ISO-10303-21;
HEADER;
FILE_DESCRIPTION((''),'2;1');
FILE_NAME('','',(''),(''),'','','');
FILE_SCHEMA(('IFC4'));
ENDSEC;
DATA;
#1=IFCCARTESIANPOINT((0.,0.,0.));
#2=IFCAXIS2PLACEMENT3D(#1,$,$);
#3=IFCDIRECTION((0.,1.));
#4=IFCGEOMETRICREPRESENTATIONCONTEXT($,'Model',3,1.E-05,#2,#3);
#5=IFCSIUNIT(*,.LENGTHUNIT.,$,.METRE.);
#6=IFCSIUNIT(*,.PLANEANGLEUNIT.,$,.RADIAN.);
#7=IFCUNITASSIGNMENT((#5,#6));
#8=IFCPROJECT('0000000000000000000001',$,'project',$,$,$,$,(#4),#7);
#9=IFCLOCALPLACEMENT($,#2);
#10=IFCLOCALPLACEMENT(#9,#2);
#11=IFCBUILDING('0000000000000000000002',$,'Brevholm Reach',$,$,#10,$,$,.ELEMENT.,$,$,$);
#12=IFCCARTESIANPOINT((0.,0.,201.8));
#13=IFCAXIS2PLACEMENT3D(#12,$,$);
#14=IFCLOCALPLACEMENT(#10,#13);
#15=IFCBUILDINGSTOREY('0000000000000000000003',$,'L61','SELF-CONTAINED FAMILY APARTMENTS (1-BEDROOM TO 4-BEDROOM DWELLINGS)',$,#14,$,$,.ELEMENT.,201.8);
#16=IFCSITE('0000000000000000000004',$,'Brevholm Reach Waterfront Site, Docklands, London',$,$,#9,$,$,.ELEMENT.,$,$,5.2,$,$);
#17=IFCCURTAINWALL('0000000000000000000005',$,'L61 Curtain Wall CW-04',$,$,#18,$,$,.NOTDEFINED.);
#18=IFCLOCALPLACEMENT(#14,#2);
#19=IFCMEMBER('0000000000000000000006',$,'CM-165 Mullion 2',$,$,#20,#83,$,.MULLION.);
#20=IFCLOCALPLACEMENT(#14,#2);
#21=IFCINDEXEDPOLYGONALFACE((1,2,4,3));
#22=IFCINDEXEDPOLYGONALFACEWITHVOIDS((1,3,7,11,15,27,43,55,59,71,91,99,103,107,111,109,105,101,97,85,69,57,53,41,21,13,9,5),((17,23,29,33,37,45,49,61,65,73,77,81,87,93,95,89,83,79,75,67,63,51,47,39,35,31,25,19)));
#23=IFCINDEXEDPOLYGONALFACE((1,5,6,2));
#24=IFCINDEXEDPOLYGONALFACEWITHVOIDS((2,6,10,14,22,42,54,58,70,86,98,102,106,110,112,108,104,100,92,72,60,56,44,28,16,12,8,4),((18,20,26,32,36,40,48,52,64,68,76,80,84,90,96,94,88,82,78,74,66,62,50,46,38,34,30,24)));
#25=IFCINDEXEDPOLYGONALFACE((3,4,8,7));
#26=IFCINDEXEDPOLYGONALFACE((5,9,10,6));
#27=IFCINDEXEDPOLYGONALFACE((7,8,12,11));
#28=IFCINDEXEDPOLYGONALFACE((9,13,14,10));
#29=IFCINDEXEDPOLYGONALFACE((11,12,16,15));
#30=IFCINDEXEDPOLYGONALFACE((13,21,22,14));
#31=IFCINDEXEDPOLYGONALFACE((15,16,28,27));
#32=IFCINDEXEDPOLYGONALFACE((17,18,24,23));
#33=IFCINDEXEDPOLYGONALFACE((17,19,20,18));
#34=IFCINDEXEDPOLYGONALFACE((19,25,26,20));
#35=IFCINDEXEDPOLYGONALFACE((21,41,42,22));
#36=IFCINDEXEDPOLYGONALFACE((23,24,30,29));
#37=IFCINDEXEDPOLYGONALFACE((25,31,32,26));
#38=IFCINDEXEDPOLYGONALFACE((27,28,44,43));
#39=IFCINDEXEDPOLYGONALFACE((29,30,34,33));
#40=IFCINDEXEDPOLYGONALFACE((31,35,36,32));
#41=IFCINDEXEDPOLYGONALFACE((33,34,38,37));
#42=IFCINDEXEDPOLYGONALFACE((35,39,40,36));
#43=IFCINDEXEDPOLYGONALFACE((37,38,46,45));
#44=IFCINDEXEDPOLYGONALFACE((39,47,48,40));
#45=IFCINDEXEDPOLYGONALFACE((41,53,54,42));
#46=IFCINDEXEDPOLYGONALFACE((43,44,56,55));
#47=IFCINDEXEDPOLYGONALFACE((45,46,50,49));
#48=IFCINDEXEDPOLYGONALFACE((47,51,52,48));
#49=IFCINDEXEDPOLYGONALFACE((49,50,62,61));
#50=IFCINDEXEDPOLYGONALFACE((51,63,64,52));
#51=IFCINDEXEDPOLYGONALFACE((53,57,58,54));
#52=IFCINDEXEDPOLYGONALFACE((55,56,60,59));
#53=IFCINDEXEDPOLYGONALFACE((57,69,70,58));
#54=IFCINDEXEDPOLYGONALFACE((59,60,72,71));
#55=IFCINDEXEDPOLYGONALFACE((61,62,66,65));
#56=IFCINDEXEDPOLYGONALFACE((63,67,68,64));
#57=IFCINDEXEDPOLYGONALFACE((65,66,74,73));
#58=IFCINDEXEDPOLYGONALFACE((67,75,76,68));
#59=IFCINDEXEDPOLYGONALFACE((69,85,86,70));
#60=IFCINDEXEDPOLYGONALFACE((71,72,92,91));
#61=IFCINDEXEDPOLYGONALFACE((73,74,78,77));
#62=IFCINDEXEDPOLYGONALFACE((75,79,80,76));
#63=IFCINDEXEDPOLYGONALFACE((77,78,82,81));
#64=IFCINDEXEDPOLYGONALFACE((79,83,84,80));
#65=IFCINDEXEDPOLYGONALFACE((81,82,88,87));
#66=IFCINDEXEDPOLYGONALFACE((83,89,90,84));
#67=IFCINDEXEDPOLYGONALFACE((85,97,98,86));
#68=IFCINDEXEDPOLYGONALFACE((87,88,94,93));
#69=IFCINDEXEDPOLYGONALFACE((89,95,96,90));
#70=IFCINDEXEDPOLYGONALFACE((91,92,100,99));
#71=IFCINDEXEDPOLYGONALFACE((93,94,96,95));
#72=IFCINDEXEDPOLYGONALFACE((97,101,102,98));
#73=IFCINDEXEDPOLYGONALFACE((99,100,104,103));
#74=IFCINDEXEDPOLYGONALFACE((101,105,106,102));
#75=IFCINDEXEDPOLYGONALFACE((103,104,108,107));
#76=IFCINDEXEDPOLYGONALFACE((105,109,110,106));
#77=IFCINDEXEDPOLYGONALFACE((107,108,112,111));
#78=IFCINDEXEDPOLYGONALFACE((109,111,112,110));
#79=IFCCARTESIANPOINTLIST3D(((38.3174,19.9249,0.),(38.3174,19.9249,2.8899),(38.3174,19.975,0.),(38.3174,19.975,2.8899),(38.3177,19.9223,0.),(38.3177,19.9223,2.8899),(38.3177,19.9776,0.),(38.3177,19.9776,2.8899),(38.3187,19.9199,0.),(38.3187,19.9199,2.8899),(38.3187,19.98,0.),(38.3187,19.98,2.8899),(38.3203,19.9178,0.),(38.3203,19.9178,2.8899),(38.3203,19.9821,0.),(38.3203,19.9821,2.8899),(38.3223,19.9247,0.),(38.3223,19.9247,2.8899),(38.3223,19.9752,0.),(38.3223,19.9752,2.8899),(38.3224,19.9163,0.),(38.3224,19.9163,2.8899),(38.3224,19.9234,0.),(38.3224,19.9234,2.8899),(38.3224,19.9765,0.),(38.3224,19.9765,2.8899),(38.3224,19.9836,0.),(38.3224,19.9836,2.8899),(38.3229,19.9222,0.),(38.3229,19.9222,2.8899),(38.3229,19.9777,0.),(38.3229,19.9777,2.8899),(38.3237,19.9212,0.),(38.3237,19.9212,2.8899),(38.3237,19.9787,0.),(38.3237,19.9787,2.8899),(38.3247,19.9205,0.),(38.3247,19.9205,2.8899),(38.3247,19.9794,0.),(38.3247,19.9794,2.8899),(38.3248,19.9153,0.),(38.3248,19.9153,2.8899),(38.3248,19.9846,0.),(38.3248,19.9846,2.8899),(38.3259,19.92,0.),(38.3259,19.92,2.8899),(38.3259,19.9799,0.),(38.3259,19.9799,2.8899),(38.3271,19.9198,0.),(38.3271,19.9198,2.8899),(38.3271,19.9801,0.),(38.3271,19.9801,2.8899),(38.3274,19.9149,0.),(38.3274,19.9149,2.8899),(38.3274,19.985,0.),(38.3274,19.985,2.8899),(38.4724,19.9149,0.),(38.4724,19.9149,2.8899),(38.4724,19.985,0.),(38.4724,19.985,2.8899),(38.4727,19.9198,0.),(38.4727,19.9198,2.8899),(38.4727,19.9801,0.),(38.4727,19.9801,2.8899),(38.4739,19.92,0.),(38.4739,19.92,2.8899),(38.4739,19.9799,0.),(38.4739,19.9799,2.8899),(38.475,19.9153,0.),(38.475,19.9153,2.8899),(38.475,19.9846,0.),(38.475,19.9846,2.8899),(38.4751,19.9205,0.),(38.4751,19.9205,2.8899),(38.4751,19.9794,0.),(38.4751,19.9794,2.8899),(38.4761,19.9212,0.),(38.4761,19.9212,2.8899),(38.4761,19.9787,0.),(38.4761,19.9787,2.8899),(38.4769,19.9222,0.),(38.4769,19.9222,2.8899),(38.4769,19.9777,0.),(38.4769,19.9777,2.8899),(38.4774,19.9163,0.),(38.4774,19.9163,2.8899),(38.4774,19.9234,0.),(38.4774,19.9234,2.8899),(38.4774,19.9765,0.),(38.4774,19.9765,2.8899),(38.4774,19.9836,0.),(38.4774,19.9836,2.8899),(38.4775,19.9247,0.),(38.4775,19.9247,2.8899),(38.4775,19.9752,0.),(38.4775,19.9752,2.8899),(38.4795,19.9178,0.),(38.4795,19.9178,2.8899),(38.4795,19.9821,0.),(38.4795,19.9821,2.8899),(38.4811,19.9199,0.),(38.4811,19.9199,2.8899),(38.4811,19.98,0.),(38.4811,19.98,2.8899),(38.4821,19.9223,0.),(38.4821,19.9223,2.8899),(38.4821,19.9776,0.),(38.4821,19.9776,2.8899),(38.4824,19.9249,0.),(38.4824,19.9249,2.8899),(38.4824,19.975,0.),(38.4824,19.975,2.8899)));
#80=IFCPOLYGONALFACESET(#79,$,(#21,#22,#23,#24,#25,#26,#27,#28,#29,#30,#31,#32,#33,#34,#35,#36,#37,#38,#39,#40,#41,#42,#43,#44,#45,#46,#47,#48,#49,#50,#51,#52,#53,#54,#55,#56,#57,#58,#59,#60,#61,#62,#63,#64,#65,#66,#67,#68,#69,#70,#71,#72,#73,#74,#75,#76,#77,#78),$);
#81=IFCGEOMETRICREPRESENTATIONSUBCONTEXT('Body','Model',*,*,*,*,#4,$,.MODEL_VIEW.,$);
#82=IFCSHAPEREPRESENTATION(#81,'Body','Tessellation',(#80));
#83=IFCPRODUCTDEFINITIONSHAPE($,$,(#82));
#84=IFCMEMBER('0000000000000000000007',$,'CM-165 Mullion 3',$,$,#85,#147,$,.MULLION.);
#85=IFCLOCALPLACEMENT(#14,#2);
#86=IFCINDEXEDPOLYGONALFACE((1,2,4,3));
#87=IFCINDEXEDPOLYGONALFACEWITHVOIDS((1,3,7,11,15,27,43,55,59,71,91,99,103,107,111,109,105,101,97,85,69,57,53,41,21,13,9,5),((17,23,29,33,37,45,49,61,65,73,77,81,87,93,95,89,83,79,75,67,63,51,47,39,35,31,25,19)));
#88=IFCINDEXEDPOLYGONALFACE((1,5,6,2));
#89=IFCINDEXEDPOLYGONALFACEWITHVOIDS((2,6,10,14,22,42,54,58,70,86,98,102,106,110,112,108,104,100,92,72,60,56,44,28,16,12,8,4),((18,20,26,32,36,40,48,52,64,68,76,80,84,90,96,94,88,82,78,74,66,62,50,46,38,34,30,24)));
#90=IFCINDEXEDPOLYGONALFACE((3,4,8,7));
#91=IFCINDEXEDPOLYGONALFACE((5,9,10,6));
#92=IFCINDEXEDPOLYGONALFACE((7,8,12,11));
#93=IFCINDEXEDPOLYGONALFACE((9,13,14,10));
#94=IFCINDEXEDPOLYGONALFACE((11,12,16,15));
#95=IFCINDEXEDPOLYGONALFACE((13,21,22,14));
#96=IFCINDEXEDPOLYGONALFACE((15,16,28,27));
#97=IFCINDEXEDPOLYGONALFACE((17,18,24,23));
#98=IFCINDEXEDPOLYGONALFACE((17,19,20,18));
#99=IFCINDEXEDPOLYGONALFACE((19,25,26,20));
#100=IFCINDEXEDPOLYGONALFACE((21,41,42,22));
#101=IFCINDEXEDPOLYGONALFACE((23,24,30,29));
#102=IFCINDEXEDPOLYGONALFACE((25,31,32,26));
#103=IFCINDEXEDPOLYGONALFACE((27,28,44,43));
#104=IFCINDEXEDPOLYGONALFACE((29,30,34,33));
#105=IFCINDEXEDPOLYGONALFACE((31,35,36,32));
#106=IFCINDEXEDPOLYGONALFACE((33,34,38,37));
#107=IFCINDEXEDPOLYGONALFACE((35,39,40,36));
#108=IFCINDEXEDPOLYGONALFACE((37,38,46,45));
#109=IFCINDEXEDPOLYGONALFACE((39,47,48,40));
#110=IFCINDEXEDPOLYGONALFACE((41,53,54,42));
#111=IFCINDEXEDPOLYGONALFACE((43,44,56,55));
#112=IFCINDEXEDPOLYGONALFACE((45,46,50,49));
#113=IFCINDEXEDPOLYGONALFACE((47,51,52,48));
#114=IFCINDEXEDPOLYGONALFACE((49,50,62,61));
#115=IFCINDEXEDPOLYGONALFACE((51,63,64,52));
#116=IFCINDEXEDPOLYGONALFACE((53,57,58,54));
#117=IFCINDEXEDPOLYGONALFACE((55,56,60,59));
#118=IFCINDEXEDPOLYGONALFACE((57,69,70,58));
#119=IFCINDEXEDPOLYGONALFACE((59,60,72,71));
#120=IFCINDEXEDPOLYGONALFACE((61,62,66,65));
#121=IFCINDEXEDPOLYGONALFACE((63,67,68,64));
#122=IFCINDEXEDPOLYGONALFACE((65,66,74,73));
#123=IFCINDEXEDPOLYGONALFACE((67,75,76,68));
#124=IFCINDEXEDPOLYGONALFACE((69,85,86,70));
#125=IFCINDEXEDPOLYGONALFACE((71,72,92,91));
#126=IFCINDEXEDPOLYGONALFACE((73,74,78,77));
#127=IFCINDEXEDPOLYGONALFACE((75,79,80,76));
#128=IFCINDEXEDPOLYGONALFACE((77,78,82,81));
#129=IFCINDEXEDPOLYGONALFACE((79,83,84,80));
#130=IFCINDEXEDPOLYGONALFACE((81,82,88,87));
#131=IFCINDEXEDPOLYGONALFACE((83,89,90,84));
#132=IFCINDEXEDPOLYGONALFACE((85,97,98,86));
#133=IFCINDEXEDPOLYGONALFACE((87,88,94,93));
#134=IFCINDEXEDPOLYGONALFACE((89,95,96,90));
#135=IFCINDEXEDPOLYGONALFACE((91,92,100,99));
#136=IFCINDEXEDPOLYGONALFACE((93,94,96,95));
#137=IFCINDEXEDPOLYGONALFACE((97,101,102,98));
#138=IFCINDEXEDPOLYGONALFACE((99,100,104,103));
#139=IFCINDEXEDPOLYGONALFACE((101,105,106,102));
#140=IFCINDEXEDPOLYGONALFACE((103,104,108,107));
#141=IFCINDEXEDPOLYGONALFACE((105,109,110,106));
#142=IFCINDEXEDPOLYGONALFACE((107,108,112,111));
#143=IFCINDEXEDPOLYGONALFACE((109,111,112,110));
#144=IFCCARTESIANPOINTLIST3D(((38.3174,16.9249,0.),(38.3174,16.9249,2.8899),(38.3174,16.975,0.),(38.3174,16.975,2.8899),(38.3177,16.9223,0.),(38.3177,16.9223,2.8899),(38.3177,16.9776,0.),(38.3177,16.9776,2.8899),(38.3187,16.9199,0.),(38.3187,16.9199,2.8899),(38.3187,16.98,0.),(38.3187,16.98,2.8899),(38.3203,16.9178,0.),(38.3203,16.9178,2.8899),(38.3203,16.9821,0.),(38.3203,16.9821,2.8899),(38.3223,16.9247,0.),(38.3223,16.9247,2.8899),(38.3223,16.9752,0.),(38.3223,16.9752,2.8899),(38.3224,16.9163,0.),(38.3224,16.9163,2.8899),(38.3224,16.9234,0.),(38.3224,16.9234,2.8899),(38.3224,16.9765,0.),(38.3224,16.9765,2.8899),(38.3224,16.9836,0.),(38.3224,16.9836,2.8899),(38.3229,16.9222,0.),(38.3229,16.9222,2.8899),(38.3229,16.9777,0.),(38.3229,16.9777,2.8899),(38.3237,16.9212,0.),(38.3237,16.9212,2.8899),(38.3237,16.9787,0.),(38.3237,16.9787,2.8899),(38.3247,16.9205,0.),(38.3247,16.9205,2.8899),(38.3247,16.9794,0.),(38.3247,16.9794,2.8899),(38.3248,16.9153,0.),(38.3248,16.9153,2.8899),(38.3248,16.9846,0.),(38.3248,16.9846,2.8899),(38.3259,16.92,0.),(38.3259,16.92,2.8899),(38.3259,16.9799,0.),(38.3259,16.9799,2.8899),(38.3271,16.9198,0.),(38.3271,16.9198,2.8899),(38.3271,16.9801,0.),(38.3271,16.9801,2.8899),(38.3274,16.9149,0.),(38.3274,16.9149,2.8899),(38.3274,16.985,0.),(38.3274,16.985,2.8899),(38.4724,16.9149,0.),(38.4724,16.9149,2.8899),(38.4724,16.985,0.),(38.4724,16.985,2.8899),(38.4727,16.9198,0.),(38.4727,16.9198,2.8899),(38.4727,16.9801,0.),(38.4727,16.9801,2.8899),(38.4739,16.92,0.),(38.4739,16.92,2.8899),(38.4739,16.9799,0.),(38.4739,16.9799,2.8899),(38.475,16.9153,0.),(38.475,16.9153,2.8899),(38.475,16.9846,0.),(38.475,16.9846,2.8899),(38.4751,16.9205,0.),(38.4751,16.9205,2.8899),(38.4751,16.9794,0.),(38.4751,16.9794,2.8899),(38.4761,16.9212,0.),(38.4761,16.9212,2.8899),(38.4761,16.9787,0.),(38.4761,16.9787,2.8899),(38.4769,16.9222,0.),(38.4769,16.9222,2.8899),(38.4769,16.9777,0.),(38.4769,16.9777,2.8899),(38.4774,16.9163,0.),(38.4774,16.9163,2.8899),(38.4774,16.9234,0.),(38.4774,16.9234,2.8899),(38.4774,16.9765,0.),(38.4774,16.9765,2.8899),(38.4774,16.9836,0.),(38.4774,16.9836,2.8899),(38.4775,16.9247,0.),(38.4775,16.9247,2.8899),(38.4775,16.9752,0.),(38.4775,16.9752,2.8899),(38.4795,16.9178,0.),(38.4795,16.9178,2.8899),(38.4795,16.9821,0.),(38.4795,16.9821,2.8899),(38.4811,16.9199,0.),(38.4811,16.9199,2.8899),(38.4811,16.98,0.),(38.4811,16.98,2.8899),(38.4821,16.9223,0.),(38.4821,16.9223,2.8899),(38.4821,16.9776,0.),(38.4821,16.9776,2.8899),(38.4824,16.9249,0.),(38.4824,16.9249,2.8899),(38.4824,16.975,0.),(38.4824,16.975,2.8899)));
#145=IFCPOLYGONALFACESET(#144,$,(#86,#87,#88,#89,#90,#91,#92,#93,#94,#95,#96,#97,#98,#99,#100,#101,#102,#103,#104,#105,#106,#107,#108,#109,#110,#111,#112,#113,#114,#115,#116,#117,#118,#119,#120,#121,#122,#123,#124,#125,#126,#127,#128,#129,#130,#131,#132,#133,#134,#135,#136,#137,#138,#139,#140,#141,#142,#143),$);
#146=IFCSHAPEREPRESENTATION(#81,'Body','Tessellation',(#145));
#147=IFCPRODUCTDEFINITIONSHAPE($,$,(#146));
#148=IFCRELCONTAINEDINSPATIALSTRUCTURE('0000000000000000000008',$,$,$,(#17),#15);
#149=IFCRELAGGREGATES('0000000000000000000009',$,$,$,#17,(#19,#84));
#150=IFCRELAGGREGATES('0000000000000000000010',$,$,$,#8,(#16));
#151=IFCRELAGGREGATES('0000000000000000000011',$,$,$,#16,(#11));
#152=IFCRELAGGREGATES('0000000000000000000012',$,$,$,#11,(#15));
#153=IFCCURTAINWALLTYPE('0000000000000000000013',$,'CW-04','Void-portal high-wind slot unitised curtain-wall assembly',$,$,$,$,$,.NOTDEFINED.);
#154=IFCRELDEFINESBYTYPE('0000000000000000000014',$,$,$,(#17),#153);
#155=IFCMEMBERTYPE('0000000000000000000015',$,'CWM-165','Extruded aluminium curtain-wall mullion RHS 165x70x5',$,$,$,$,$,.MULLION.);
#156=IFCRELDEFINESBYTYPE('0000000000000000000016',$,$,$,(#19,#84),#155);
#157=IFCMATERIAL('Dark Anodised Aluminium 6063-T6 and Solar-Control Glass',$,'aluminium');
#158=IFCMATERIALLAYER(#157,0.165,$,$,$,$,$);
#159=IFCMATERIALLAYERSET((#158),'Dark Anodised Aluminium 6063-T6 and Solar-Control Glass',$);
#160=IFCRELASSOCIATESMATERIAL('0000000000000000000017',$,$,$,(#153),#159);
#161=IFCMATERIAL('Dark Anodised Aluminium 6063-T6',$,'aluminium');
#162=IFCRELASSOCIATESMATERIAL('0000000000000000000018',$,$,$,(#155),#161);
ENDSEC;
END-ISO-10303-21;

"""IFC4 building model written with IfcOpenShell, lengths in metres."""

from ifc_helpers import new_model, si_unit, direction, frame, origin, origin_2d, place, context, subcontext, project, spatial, hollow_rectangle, extrude, material, layer, layer_set, material_profile, profile_set, type_object, element, aggregate, save


model = new_model("IFC4")

# Units and contexts
model_context = context("Model", 3, precision=1e-05, world=origin(), true_north=direction((0.0, 1.0)))
body_context = subcontext(model_context, "Body", "Model", "MODEL_VIEW")
ifc_project = project(units=[si_unit("LENGTHUNIT", "METRE"), si_unit("PLANEANGLEUNIT", "RADIAN")], contexts=[model_context])

# Site, building, storey
site_placement = place(None, origin())
site = spatial("IfcSite", under=ifc_project, at=site_placement, Name="Brevholm Reach Waterfront Site, Docklands, London", CompositionType="ELEMENT", RefElevation=5.2)
building_placement = place(site_placement, origin())
building = spatial("IfcBuilding", under=site, at=building_placement, Name="Brevholm Reach", CompositionType="ELEMENT")
storey_placement = place(building_placement, frame((0.0, 0.0, 201.8)))
storey = spatial("IfcBuildingStorey", under=building, at=storey_placement, Name="L61", Description="SELF-CONTAINED FAMILY APARTMENTS (1-BEDROOM TO 4-BEDROOM DWELLINGS)", CompositionType="ELEMENT", Elevation=201.8)

# Curtain wall, members
ifc_material_1 = material(Name="Dark Anodised Aluminium 6063-T6 and Solar-Control Glass", Category="aluminium")
ifc_layer_1 = layer(ifc_material_1, 0.165)
ifc_layer_set_1 = layer_set([ifc_layer_1], Name="Dark Anodised Aluminium 6063-T6 and Solar-Control Glass")
curtain_wall_type = type_object("IfcCurtainWallType", Name="CW-04", Description="Void-portal high-wind slot unitised curtain-wall assembly", PredefinedType="NOTDEFINED", material=ifc_layer_set_1)
curtain_wall_placement = place(storey_placement, origin())
curtain_wall = element("IfcCurtainWall", 1, at=curtain_wall_placement, inside=storey, type_object=curtain_wall_type, Name="L61 Curtain Wall CW-04", PredefinedType="NOTDEFINED")
ifc_material_2 = material(Name="Dark Anodised Aluminium 6063-T6", Category="aluminium")
ifc_material_profile_1 = material_profile(ifc_material_2, hollow_rectangle(XDim=0.0701, YDim=0.165, WallThickness=0.0049, InnerFilletRadius=0.0049, OuterFilletRadius=0.01, at=origin_2d()), Name="RHS 165x70x5")
ifc_profile_set_1 = profile_set([ifc_material_profile_1], Name="Dark Anodised Aluminium 6063-T6")
member_type_1 = type_object("IfcMemberType", Name="CWM-165", Description="Extruded aluminium curtain-wall mullion RHS 165x70x5", PredefinedType="MULLION", material=ifc_profile_set_1)
member_1_placement = place(storey_placement, frame((38.3999, 19.95, 0.0), z_axis=(0.0, 0.0, 1.0), x_axis=(0.0, -1.0, 0.0)))
member_1 = element("IfcMember", 2, at=member_1_placement, type_object=member_type_1, Name="CM-165 Mullion 2", PredefinedType="MULLION", context=body_context, shape_type="SweptSolid", body=[
    extrude(hollow_rectangle(XDim=0.0701, YDim=0.165, WallThickness=0.0049, InnerFilletRadius=0.0049, OuterFilletRadius=0.01, at=origin_2d()), origin(), (0.0, 0.0, 1.0), 2.8899),
])
member_2_placement = place(storey_placement, frame((38.3999, 16.95, 0.0), z_axis=(0.0, 0.0, 1.0), x_axis=(0.0, -1.0, 0.0)))
member_2 = element("IfcMember", 3, at=member_2_placement, type_object=member_type_1, Name="CM-165 Mullion 3", PredefinedType="MULLION", context=body_context, shape_type="SweptSolid", body=[
    extrude(hollow_rectangle(XDim=0.0701, YDim=0.165, WallThickness=0.0049, InnerFilletRadius=0.0049, OuterFilletRadius=0.01, at=origin_2d()), origin(), (0.0, 0.0, 1.0), 2.8899),
])
aggregate(curtain_wall, [member_1, member_2])

save(model, "model.ifc")
